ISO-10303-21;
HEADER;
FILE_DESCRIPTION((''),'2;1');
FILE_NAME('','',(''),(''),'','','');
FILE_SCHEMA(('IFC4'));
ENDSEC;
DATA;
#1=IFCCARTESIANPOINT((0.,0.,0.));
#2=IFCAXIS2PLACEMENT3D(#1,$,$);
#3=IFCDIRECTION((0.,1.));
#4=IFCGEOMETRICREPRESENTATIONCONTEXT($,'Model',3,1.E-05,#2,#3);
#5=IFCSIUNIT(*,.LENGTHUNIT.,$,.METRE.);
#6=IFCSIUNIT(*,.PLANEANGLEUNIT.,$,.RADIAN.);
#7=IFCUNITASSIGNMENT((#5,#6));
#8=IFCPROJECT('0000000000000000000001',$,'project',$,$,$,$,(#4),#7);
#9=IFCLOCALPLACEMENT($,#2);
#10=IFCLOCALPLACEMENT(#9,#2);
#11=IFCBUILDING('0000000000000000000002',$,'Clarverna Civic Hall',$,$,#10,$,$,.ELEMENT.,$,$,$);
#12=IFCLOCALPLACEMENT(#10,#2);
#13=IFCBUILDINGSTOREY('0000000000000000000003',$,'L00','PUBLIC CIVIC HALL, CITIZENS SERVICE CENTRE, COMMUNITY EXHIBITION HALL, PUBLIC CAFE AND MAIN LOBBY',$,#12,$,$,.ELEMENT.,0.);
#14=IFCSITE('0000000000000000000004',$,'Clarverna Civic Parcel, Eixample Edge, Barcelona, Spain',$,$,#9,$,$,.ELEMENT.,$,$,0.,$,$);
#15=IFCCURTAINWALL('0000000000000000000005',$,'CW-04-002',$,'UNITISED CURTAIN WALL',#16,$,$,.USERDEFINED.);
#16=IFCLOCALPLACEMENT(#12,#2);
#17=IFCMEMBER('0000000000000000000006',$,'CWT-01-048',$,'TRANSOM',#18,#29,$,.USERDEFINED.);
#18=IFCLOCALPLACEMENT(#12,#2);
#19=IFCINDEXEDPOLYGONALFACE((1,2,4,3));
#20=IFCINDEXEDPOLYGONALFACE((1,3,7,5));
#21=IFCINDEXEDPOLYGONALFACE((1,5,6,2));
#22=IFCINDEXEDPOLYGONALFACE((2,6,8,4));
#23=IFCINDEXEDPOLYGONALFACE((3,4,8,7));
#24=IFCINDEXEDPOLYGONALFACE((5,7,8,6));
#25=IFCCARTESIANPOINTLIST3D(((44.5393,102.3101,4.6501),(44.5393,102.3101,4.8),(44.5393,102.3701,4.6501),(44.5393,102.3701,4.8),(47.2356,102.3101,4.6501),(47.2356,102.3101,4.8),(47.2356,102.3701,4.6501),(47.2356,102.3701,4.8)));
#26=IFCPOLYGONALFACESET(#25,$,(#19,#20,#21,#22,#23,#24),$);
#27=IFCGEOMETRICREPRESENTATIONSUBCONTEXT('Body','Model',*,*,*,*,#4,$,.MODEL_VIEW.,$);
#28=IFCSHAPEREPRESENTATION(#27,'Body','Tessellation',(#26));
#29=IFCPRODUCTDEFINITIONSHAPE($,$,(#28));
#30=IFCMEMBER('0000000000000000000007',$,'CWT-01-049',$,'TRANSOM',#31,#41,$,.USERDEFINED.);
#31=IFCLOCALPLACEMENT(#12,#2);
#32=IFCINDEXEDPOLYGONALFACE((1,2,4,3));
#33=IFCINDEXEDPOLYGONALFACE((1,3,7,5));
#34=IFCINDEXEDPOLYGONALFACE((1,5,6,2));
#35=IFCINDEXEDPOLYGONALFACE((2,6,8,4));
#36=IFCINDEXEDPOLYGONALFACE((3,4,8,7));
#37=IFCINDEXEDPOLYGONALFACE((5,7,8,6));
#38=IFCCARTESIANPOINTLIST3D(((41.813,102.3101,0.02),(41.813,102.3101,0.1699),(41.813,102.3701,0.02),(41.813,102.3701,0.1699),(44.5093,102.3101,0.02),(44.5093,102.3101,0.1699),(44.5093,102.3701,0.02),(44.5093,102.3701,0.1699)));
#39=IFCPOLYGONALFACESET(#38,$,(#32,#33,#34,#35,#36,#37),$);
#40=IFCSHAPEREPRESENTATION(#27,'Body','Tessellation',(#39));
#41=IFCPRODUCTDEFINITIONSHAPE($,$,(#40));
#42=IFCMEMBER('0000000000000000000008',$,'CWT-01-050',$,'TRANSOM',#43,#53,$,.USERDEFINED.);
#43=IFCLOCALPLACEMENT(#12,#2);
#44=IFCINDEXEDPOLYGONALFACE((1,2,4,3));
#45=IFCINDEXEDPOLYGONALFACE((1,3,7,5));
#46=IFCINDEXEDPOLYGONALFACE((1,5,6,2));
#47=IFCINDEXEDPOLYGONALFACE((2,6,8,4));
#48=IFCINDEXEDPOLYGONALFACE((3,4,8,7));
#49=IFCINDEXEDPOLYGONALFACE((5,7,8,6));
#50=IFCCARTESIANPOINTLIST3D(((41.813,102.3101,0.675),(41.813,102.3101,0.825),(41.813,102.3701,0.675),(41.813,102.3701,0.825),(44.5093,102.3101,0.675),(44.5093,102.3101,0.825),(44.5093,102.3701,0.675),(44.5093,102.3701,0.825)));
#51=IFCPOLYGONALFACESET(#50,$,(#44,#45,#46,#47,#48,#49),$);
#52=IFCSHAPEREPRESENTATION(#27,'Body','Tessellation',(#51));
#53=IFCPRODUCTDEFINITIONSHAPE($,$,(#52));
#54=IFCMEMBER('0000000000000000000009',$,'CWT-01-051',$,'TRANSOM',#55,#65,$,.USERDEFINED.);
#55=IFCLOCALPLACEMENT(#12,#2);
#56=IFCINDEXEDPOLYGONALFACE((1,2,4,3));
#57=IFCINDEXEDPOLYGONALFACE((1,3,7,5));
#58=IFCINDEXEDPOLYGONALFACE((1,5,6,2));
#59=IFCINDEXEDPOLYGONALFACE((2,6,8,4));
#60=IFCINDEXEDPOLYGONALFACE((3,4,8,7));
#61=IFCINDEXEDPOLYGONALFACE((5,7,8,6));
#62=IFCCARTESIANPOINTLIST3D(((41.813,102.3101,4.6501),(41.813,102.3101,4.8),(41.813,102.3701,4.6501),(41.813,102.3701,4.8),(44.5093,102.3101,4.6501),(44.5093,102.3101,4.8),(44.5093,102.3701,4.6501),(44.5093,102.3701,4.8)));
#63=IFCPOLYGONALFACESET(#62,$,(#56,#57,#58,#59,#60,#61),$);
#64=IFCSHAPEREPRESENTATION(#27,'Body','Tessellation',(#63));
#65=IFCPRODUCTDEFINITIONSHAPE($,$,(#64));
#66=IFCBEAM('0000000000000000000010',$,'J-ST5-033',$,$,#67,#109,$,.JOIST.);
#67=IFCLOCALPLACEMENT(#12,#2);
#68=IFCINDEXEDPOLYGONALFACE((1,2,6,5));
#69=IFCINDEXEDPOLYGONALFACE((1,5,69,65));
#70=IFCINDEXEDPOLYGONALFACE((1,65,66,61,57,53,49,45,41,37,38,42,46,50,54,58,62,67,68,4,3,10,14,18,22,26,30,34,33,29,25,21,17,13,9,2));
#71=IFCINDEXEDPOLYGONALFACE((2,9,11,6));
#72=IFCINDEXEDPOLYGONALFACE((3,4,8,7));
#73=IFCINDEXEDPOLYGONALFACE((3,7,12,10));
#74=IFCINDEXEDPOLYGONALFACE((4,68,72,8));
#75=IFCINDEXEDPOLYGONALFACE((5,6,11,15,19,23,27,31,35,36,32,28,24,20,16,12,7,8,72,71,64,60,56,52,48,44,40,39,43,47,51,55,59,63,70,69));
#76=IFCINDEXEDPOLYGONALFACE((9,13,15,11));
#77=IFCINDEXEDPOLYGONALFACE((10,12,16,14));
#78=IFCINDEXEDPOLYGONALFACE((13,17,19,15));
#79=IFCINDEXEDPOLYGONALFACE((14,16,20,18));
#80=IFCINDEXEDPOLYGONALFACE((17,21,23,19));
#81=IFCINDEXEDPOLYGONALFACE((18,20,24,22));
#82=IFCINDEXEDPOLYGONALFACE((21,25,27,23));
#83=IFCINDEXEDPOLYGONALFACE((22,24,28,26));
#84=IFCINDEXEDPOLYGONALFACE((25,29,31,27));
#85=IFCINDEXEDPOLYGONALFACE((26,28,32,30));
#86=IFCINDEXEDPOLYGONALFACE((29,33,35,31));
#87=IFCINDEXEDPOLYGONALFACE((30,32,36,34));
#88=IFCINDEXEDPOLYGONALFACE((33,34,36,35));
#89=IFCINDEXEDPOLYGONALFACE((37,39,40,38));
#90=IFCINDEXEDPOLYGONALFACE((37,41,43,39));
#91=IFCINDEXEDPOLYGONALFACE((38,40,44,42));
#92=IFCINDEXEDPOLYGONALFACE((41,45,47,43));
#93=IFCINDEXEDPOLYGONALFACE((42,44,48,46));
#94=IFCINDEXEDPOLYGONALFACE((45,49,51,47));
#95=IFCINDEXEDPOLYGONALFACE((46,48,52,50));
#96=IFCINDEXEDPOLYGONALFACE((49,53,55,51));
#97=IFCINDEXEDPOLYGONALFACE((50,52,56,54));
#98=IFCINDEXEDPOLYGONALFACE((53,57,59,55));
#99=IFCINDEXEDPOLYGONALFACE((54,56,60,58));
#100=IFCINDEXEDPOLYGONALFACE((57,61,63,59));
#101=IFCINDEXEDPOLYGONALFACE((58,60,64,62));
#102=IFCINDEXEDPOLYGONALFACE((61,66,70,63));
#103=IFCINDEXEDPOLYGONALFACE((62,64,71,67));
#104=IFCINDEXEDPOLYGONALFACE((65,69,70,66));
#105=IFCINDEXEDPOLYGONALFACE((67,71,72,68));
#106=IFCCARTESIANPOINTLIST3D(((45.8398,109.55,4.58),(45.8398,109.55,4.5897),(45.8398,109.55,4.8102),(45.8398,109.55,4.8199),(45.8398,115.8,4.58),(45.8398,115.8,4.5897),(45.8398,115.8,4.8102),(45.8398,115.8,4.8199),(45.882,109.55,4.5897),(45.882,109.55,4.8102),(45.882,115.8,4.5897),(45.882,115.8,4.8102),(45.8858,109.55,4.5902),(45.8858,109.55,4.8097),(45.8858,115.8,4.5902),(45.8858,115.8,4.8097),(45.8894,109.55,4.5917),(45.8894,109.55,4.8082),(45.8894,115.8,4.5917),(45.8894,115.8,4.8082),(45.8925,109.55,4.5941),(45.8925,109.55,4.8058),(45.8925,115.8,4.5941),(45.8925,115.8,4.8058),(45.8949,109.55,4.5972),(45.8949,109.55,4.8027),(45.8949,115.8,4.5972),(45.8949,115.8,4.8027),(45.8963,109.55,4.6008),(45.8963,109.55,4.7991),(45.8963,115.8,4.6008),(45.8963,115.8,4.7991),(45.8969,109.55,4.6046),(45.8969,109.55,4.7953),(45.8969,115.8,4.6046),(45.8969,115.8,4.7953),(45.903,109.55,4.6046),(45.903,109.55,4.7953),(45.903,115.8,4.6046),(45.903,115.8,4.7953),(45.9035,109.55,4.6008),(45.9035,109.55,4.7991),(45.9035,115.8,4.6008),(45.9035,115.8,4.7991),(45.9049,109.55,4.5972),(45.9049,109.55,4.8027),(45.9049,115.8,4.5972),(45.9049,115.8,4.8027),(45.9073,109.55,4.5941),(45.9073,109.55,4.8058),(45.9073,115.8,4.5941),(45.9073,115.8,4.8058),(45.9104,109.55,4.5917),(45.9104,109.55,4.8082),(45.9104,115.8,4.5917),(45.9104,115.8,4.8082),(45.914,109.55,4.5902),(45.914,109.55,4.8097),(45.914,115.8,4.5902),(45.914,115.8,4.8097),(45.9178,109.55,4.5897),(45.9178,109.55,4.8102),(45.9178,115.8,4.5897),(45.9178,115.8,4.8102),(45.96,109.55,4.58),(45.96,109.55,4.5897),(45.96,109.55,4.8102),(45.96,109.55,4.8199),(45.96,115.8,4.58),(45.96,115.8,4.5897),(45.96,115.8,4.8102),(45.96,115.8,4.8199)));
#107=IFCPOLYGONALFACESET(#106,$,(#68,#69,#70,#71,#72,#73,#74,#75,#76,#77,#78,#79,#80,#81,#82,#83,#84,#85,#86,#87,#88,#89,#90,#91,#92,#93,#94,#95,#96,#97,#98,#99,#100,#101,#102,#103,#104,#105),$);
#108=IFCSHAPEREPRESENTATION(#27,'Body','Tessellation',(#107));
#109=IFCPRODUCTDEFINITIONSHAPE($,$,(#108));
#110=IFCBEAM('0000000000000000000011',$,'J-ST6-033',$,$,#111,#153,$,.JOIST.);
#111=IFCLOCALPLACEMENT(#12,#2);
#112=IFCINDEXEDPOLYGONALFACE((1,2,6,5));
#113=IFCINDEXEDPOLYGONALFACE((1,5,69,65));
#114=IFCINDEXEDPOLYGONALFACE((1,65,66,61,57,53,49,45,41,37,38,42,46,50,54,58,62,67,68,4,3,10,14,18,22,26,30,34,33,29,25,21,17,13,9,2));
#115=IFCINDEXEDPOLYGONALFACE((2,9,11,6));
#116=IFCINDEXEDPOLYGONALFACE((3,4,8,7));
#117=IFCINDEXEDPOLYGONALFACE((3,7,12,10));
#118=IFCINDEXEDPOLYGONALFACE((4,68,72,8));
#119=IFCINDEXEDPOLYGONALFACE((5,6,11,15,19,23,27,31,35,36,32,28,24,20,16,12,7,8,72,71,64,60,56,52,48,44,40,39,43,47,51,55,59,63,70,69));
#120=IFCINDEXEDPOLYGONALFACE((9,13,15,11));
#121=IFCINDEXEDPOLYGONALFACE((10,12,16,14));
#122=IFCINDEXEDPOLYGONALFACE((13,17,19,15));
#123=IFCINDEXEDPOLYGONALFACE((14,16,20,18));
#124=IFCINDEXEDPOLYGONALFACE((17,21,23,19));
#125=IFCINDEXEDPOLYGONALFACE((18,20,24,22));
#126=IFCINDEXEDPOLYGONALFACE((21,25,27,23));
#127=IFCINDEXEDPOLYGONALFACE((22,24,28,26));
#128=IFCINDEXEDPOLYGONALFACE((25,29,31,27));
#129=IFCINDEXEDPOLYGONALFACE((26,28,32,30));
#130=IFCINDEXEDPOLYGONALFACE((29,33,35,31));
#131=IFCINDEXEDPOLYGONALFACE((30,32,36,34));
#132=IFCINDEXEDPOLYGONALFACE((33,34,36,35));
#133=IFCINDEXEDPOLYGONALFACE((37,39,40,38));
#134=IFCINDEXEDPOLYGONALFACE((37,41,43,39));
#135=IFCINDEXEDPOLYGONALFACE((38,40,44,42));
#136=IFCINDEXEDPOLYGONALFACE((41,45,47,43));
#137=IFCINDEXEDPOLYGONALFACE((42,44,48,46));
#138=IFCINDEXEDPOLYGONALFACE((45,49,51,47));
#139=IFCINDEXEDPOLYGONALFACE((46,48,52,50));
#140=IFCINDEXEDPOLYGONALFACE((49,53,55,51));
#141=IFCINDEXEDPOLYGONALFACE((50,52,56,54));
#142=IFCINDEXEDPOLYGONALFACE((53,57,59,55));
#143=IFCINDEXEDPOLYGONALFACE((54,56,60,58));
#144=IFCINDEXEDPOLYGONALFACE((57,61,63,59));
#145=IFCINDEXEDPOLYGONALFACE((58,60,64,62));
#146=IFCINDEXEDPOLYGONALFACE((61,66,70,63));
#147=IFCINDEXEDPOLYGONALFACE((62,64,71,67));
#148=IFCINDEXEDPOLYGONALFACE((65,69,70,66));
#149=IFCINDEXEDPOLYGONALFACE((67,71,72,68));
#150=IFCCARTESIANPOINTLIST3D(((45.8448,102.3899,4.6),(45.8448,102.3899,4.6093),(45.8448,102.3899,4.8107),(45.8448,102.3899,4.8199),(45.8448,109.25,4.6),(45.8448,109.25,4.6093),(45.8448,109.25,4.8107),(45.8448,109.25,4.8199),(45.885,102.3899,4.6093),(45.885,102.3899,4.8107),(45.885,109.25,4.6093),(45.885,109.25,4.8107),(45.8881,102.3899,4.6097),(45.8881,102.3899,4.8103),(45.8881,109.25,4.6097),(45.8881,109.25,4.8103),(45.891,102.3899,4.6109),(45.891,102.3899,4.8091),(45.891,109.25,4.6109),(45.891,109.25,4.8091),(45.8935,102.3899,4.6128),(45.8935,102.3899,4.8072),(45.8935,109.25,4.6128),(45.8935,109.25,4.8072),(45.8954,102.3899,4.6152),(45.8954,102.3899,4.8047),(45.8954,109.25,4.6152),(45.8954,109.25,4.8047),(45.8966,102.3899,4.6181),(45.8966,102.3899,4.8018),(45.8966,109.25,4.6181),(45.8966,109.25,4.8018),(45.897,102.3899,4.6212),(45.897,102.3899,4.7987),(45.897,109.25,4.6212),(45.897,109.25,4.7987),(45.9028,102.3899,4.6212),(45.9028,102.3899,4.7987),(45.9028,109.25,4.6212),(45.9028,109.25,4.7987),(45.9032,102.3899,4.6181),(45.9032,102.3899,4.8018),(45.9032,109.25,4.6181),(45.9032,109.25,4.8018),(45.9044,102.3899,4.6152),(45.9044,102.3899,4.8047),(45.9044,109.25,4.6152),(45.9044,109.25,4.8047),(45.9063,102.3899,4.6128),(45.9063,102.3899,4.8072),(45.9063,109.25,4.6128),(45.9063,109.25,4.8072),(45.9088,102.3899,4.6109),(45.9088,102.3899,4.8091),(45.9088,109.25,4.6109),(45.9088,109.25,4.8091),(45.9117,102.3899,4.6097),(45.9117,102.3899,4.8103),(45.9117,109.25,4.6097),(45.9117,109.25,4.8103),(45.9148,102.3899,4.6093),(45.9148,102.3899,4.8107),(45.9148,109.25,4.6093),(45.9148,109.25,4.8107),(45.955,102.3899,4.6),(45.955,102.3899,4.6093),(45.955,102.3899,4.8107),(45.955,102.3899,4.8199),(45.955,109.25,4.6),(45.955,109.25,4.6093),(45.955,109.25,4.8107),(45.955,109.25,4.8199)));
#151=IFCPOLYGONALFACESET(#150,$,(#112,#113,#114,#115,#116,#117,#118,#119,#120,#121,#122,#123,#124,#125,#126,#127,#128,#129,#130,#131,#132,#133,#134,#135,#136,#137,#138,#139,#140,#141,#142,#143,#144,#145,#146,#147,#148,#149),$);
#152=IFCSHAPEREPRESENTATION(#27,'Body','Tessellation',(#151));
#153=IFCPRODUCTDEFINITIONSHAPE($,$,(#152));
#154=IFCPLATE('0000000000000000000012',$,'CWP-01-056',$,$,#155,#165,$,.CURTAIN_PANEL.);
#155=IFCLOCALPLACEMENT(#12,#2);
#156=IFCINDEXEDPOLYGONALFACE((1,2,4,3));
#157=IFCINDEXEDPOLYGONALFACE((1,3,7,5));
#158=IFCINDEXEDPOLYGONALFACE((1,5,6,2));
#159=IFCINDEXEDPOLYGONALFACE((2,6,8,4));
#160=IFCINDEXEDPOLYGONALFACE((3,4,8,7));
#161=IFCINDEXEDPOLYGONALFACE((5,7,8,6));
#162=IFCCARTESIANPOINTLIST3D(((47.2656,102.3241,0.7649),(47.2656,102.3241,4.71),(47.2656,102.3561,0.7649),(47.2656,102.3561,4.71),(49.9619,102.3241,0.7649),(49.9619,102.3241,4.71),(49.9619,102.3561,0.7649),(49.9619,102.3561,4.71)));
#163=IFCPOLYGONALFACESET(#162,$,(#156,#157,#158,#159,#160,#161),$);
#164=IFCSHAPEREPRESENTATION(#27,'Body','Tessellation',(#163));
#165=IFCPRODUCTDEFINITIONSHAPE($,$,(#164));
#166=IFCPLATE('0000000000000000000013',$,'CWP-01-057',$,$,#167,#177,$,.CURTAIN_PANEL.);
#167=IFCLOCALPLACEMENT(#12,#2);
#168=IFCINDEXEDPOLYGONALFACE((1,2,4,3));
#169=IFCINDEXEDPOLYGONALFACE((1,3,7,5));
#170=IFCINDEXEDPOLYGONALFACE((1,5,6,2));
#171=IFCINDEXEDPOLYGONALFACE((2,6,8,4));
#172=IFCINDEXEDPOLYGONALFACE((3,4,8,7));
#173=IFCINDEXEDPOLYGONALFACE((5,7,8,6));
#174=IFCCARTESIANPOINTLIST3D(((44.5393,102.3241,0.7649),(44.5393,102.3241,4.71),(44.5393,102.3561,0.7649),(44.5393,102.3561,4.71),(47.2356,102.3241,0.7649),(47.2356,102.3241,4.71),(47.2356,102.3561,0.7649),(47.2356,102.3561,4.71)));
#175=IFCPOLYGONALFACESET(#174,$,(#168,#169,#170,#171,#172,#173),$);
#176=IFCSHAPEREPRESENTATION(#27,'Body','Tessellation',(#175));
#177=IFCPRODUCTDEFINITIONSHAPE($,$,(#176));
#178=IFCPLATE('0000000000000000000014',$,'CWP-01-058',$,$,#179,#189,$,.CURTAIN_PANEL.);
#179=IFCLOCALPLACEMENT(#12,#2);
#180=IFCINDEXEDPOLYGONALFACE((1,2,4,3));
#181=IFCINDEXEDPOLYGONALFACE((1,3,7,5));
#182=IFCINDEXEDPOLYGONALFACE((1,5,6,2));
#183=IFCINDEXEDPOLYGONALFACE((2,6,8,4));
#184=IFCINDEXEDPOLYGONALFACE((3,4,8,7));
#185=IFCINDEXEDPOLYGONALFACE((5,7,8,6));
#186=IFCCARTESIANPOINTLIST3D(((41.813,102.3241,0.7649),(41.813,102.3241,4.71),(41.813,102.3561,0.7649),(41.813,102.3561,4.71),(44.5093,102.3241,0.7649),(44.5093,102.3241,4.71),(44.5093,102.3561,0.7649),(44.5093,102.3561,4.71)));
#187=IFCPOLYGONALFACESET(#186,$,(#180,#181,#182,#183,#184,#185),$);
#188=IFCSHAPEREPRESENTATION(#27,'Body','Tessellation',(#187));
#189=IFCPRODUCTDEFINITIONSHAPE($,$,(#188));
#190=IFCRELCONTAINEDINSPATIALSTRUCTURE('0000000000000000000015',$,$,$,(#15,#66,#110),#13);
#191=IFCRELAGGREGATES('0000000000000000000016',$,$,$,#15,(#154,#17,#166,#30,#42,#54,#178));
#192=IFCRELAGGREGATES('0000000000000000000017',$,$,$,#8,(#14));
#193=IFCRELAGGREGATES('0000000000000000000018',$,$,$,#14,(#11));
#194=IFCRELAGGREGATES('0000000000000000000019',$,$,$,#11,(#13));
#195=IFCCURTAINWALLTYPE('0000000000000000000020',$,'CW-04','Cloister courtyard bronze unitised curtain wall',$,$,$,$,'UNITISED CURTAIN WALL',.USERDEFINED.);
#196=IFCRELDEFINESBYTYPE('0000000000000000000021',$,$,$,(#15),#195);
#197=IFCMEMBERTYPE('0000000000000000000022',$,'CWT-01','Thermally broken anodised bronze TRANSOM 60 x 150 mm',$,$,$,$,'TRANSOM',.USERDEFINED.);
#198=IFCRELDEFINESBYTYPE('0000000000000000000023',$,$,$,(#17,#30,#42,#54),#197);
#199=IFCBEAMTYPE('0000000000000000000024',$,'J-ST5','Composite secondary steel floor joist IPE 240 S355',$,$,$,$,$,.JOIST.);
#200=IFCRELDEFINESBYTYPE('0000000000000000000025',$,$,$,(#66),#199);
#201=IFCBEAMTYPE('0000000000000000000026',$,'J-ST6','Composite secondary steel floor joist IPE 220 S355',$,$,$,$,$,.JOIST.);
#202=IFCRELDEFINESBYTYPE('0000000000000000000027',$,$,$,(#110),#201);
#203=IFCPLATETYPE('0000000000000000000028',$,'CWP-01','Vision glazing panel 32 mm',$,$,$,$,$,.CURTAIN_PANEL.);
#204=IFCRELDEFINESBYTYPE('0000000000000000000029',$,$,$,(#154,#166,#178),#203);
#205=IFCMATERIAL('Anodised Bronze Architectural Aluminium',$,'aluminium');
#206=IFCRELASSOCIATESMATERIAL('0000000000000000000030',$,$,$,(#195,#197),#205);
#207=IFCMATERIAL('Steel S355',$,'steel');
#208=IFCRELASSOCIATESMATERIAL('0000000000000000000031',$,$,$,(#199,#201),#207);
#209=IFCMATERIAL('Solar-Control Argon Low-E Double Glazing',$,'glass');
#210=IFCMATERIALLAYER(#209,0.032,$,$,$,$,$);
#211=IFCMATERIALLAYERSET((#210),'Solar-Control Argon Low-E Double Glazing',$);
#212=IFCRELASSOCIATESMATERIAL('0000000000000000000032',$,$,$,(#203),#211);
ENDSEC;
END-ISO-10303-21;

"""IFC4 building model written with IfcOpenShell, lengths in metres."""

from ifc_helpers import new_model, si_unit, direction, frame, frame_2d, origin, origin_2d, place, context, subcontext, project, spatial, rectangle, i_section, extrude, material, layer, layer_set, material_profile, profile_set, type_object, element, aggregate, save


model = new_model("IFC4")

# Units and contexts
model_context = context("Model", 3, precision=1e-05, world=origin(), true_north=direction((0.0, 1.0)))
body_context = subcontext(model_context, "Body", "Model", "MODEL_VIEW")
ifc_project = project(units=[si_unit("LENGTHUNIT", "METRE"), si_unit("PLANEANGLEUNIT", "RADIAN")], contexts=[model_context])

# Site, building, storey
site_placement = place(None, origin())
site = spatial("IfcSite", under=ifc_project, at=site_placement, Name="Clarverna Civic Parcel, Eixample Edge, Barcelona, Spain", CompositionType="ELEMENT", RefElevation=0.0)
building_placement = place(site_placement, origin())
building = spatial("IfcBuilding", under=site, at=building_placement, Name="Clarverna Civic Hall", CompositionType="ELEMENT")
storey_placement = place(building_placement, origin())
storey = spatial("IfcBuildingStorey", under=building, at=storey_placement, Name="L00", Description="PUBLIC CIVIC HALL, CITIZENS SERVICE CENTRE, COMMUNITY EXHIBITION HALL, PUBLIC CAFE AND MAIN LOBBY", CompositionType="ELEMENT", Elevation=0.0)

# Shared definitions
ifc_material_1 = material(Name="Steel S355", Category="steel")

# Curtain wall, members
ifc_material_2 = material(Name="Anodised Bronze Architectural Aluminium", Category="aluminium")
curtain_wall_type = type_object("IfcCurtainWallType", Name="CW-04", Description="Cloister courtyard bronze unitised curtain wall", ElementType="UNITISED CURTAIN WALL", PredefinedType="USERDEFINED", material=ifc_material_2)
curtain_wall_placement = place(storey_placement, origin())
curtain_wall = element("IfcCurtainWall", 1, at=curtain_wall_placement, inside=storey, type_object=curtain_wall_type, Name="CW-04-002", ObjectType="UNITISED CURTAIN WALL", PredefinedType="USERDEFINED")
ifc_material_profile_1 = material_profile(ifc_material_2, rectangle(XDim=0.0601, YDim=0.1499, at=origin_2d()), Name="BRONZE 60x150")
ifc_profile_set_1 = profile_set([ifc_material_profile_1], Name="Anodised Bronze Architectural Aluminium")
member_type_1 = type_object("IfcMemberType", Name="CWT-01", Description="Thermally broken anodised bronze TRANSOM 60 x 150 mm", ElementType="TRANSOM", PredefinedType="USERDEFINED", material=ifc_profile_set_1)
member_1_placement = place(storey_placement, frame((47.2356, 102.3401, 4.7251), z_axis=(-1.0, 0.0, 0.0), x_axis=(0.0, -1.0, 0.0)))
member_1 = element("IfcMember", 2, at=member_1_placement, type_object=member_type_1, Name="CWT-01-048", ObjectType="TRANSOM", PredefinedType="USERDEFINED", context=body_context, shape_type="SweptSolid", body=[
    extrude(rectangle(XDim=0.0601, YDim=0.1499, at=origin_2d()), origin(), (0.0, 0.0, 1.0), 2.6963),
])
member_2_placement = place(storey_placement, frame((44.5093, 102.3401, 0.095), z_axis=(-1.0, 0.0, 0.0), x_axis=(0.0, -1.0, 0.0)))
member_2 = element("IfcMember", 3, at=member_2_placement, type_object=member_type_1, Name="CWT-01-049", ObjectType="TRANSOM", PredefinedType="USERDEFINED", context=body_context, shape_type="SweptSolid", body=[
    extrude(rectangle(XDim=0.0601, YDim=0.1499, at=origin_2d()), origin(), (0.0, 0.0, 1.0), 2.6963),
])
member_3_placement = place(storey_placement, frame((44.5093, 102.3401, 0.75), z_axis=(-1.0, 0.0, 0.0), x_axis=(0.0, -1.0, 0.0)))
member_3 = element("IfcMember", 4, at=member_3_placement, type_object=member_type_1, Name="CWT-01-050", ObjectType="TRANSOM", PredefinedType="USERDEFINED", context=body_context, shape_type="SweptSolid", body=[
    extrude(rectangle(XDim=0.0601, YDim=0.1499, at=origin_2d()), origin(), (0.0, 0.0, 1.0), 2.6963),
])
member_4_placement = place(storey_placement, frame((44.5093, 102.3401, 4.7251), z_axis=(-1.0, 0.0, 0.0), x_axis=(0.0, -1.0, 0.0)))
member_4 = element("IfcMember", 5, at=member_4_placement, type_object=member_type_1, Name="CWT-01-051", ObjectType="TRANSOM", PredefinedType="USERDEFINED", context=body_context, shape_type="SweptSolid", body=[
    extrude(rectangle(XDim=0.0601, YDim=0.1499, at=origin_2d()), origin(), (0.0, 0.0, 1.0), 2.6963),
])

# Beams
ifc_material_profile_2 = material_profile(ifc_material_1, i_section(OverallWidth=0.1201, OverallDepth=0.24, WebThickness=0.0061, FlangeThickness=0.0098, FilletRadius=0.0149, at=origin_2d()), Name="IPE 240")
ifc_profile_set_2 = profile_set([ifc_material_profile_2], Name="Steel S355")
beam_type_1 = type_object("IfcBeamType", Name="J-ST5", Description="Composite secondary steel floor joist IPE 240 S355", PredefinedType="JOIST", material=ifc_profile_set_2)
beam_1_placement = place(storey_placement, frame((45.8999, 109.55, 4.7), z_axis=(0.0, 1.0, 0.0), x_axis=(-1.0, 0.0, 0.0)))
element("IfcBeam", 6, at=beam_1_placement, inside=storey, type_object=beam_type_1, Name="J-ST5-033", PredefinedType="JOIST", context=body_context, shape_type="SweptSolid", body=[
    extrude(i_section(OverallWidth=0.1201, OverallDepth=0.24, WebThickness=0.0061, FlangeThickness=0.0098, FilletRadius=0.0149, at=origin_2d()), origin(), (0.0, 0.0, 1.0), 6.25),
])
ifc_material_profile_3 = material_profile(ifc_material_1, i_section(OverallWidth=0.1101, OverallDepth=0.22, WebThickness=0.0059, FlangeThickness=0.0093, FilletRadius=0.012, at=origin_2d()), Name="IPE 220")
ifc_profile_set_3 = profile_set([ifc_material_profile_3], Name="Steel S355")
beam_type_2 = type_object("IfcBeamType", Name="J-ST6", Description="Composite secondary steel floor joist IPE 220 S355", PredefinedType="JOIST", material=ifc_profile_set_3)
beam_2_placement = place(storey_placement, frame((45.8999, 102.3899, 4.71), z_axis=(0.0, 1.0, 0.0), x_axis=(-1.0, 0.0, 0.0)))
element("IfcBeam", 7, at=beam_2_placement, inside=storey, type_object=beam_type_2, Name="J-ST6-033", PredefinedType="JOIST", context=body_context, shape_type="SweptSolid", body=[
    extrude(i_section(OverallWidth=0.1101, OverallDepth=0.22, WebThickness=0.0059, FlangeThickness=0.0093, FilletRadius=0.012, at=origin_2d()), origin(), (0.0, 0.0, 1.0), 6.8601),
])

# Plates
ifc_material_3 = material(Name="Solar-Control Argon Low-E Double Glazing", Category="glass")
ifc_layer_1 = layer(ifc_material_3, 0.032)
ifc_layer_set_1 = layer_set([ifc_layer_1], Name="Solar-Control Argon Low-E Double Glazing")
plate_type_1 = type_object("IfcPlateType", Name="CWP-01", Description="Vision glazing panel 32 mm", PredefinedType="CURTAIN_PANEL", material=ifc_layer_set_1)
plate_1_placement = place(storey_placement, frame((49.9619, 102.3401, 0.7649), z_axis=(0.0, 0.0, 1.0), x_axis=(-1.0, 0.0, 0.0)))
plate_1 = element("IfcPlate", 8, at=plate_1_placement, type_object=plate_type_1, Name="CWP-01-056", PredefinedType="CURTAIN_PANEL", context=body_context, shape_type="SweptSolid", body=[
    extrude(rectangle(XDim=2.6963, YDim=0.032, at=frame_2d((1.3481, 0.0))), origin(), (0.0, 0.0, 1.0), 3.9451),
])
plate_2_placement = place(storey_placement, frame((47.2356, 102.3401, 0.7649), z_axis=(0.0, 0.0, 1.0), x_axis=(-1.0, 0.0, 0.0)))
plate_2 = element("IfcPlate", 9, at=plate_2_placement, type_object=plate_type_1, Name="CWP-01-057", PredefinedType="CURTAIN_PANEL", context=body_context, shape_type="SweptSolid", body=[
    extrude(rectangle(XDim=2.6963, YDim=0.032, at=frame_2d((1.3481, 0.0))), origin(), (0.0, 0.0, 1.0), 3.9451),
])
plate_3_placement = place(storey_placement, frame((44.5093, 102.3401, 0.7649), z_axis=(0.0, 0.0, 1.0), x_axis=(-1.0, 0.0, 0.0)))
plate_3 = element("IfcPlate", 10, at=plate_3_placement, type_object=plate_type_1, Name="CWP-01-058", PredefinedType="CURTAIN_PANEL", context=body_context, shape_type="SweptSolid", body=[
    extrude(rectangle(XDim=2.6963, YDim=0.032, at=frame_2d((1.3481, 0.0))), origin(), (0.0, 0.0, 1.0), 3.9451),
])
aggregate(curtain_wall, [plate_1, member_1, plate_2, member_2, member_3, member_4, plate_3])

save(model, "model.ifc")
